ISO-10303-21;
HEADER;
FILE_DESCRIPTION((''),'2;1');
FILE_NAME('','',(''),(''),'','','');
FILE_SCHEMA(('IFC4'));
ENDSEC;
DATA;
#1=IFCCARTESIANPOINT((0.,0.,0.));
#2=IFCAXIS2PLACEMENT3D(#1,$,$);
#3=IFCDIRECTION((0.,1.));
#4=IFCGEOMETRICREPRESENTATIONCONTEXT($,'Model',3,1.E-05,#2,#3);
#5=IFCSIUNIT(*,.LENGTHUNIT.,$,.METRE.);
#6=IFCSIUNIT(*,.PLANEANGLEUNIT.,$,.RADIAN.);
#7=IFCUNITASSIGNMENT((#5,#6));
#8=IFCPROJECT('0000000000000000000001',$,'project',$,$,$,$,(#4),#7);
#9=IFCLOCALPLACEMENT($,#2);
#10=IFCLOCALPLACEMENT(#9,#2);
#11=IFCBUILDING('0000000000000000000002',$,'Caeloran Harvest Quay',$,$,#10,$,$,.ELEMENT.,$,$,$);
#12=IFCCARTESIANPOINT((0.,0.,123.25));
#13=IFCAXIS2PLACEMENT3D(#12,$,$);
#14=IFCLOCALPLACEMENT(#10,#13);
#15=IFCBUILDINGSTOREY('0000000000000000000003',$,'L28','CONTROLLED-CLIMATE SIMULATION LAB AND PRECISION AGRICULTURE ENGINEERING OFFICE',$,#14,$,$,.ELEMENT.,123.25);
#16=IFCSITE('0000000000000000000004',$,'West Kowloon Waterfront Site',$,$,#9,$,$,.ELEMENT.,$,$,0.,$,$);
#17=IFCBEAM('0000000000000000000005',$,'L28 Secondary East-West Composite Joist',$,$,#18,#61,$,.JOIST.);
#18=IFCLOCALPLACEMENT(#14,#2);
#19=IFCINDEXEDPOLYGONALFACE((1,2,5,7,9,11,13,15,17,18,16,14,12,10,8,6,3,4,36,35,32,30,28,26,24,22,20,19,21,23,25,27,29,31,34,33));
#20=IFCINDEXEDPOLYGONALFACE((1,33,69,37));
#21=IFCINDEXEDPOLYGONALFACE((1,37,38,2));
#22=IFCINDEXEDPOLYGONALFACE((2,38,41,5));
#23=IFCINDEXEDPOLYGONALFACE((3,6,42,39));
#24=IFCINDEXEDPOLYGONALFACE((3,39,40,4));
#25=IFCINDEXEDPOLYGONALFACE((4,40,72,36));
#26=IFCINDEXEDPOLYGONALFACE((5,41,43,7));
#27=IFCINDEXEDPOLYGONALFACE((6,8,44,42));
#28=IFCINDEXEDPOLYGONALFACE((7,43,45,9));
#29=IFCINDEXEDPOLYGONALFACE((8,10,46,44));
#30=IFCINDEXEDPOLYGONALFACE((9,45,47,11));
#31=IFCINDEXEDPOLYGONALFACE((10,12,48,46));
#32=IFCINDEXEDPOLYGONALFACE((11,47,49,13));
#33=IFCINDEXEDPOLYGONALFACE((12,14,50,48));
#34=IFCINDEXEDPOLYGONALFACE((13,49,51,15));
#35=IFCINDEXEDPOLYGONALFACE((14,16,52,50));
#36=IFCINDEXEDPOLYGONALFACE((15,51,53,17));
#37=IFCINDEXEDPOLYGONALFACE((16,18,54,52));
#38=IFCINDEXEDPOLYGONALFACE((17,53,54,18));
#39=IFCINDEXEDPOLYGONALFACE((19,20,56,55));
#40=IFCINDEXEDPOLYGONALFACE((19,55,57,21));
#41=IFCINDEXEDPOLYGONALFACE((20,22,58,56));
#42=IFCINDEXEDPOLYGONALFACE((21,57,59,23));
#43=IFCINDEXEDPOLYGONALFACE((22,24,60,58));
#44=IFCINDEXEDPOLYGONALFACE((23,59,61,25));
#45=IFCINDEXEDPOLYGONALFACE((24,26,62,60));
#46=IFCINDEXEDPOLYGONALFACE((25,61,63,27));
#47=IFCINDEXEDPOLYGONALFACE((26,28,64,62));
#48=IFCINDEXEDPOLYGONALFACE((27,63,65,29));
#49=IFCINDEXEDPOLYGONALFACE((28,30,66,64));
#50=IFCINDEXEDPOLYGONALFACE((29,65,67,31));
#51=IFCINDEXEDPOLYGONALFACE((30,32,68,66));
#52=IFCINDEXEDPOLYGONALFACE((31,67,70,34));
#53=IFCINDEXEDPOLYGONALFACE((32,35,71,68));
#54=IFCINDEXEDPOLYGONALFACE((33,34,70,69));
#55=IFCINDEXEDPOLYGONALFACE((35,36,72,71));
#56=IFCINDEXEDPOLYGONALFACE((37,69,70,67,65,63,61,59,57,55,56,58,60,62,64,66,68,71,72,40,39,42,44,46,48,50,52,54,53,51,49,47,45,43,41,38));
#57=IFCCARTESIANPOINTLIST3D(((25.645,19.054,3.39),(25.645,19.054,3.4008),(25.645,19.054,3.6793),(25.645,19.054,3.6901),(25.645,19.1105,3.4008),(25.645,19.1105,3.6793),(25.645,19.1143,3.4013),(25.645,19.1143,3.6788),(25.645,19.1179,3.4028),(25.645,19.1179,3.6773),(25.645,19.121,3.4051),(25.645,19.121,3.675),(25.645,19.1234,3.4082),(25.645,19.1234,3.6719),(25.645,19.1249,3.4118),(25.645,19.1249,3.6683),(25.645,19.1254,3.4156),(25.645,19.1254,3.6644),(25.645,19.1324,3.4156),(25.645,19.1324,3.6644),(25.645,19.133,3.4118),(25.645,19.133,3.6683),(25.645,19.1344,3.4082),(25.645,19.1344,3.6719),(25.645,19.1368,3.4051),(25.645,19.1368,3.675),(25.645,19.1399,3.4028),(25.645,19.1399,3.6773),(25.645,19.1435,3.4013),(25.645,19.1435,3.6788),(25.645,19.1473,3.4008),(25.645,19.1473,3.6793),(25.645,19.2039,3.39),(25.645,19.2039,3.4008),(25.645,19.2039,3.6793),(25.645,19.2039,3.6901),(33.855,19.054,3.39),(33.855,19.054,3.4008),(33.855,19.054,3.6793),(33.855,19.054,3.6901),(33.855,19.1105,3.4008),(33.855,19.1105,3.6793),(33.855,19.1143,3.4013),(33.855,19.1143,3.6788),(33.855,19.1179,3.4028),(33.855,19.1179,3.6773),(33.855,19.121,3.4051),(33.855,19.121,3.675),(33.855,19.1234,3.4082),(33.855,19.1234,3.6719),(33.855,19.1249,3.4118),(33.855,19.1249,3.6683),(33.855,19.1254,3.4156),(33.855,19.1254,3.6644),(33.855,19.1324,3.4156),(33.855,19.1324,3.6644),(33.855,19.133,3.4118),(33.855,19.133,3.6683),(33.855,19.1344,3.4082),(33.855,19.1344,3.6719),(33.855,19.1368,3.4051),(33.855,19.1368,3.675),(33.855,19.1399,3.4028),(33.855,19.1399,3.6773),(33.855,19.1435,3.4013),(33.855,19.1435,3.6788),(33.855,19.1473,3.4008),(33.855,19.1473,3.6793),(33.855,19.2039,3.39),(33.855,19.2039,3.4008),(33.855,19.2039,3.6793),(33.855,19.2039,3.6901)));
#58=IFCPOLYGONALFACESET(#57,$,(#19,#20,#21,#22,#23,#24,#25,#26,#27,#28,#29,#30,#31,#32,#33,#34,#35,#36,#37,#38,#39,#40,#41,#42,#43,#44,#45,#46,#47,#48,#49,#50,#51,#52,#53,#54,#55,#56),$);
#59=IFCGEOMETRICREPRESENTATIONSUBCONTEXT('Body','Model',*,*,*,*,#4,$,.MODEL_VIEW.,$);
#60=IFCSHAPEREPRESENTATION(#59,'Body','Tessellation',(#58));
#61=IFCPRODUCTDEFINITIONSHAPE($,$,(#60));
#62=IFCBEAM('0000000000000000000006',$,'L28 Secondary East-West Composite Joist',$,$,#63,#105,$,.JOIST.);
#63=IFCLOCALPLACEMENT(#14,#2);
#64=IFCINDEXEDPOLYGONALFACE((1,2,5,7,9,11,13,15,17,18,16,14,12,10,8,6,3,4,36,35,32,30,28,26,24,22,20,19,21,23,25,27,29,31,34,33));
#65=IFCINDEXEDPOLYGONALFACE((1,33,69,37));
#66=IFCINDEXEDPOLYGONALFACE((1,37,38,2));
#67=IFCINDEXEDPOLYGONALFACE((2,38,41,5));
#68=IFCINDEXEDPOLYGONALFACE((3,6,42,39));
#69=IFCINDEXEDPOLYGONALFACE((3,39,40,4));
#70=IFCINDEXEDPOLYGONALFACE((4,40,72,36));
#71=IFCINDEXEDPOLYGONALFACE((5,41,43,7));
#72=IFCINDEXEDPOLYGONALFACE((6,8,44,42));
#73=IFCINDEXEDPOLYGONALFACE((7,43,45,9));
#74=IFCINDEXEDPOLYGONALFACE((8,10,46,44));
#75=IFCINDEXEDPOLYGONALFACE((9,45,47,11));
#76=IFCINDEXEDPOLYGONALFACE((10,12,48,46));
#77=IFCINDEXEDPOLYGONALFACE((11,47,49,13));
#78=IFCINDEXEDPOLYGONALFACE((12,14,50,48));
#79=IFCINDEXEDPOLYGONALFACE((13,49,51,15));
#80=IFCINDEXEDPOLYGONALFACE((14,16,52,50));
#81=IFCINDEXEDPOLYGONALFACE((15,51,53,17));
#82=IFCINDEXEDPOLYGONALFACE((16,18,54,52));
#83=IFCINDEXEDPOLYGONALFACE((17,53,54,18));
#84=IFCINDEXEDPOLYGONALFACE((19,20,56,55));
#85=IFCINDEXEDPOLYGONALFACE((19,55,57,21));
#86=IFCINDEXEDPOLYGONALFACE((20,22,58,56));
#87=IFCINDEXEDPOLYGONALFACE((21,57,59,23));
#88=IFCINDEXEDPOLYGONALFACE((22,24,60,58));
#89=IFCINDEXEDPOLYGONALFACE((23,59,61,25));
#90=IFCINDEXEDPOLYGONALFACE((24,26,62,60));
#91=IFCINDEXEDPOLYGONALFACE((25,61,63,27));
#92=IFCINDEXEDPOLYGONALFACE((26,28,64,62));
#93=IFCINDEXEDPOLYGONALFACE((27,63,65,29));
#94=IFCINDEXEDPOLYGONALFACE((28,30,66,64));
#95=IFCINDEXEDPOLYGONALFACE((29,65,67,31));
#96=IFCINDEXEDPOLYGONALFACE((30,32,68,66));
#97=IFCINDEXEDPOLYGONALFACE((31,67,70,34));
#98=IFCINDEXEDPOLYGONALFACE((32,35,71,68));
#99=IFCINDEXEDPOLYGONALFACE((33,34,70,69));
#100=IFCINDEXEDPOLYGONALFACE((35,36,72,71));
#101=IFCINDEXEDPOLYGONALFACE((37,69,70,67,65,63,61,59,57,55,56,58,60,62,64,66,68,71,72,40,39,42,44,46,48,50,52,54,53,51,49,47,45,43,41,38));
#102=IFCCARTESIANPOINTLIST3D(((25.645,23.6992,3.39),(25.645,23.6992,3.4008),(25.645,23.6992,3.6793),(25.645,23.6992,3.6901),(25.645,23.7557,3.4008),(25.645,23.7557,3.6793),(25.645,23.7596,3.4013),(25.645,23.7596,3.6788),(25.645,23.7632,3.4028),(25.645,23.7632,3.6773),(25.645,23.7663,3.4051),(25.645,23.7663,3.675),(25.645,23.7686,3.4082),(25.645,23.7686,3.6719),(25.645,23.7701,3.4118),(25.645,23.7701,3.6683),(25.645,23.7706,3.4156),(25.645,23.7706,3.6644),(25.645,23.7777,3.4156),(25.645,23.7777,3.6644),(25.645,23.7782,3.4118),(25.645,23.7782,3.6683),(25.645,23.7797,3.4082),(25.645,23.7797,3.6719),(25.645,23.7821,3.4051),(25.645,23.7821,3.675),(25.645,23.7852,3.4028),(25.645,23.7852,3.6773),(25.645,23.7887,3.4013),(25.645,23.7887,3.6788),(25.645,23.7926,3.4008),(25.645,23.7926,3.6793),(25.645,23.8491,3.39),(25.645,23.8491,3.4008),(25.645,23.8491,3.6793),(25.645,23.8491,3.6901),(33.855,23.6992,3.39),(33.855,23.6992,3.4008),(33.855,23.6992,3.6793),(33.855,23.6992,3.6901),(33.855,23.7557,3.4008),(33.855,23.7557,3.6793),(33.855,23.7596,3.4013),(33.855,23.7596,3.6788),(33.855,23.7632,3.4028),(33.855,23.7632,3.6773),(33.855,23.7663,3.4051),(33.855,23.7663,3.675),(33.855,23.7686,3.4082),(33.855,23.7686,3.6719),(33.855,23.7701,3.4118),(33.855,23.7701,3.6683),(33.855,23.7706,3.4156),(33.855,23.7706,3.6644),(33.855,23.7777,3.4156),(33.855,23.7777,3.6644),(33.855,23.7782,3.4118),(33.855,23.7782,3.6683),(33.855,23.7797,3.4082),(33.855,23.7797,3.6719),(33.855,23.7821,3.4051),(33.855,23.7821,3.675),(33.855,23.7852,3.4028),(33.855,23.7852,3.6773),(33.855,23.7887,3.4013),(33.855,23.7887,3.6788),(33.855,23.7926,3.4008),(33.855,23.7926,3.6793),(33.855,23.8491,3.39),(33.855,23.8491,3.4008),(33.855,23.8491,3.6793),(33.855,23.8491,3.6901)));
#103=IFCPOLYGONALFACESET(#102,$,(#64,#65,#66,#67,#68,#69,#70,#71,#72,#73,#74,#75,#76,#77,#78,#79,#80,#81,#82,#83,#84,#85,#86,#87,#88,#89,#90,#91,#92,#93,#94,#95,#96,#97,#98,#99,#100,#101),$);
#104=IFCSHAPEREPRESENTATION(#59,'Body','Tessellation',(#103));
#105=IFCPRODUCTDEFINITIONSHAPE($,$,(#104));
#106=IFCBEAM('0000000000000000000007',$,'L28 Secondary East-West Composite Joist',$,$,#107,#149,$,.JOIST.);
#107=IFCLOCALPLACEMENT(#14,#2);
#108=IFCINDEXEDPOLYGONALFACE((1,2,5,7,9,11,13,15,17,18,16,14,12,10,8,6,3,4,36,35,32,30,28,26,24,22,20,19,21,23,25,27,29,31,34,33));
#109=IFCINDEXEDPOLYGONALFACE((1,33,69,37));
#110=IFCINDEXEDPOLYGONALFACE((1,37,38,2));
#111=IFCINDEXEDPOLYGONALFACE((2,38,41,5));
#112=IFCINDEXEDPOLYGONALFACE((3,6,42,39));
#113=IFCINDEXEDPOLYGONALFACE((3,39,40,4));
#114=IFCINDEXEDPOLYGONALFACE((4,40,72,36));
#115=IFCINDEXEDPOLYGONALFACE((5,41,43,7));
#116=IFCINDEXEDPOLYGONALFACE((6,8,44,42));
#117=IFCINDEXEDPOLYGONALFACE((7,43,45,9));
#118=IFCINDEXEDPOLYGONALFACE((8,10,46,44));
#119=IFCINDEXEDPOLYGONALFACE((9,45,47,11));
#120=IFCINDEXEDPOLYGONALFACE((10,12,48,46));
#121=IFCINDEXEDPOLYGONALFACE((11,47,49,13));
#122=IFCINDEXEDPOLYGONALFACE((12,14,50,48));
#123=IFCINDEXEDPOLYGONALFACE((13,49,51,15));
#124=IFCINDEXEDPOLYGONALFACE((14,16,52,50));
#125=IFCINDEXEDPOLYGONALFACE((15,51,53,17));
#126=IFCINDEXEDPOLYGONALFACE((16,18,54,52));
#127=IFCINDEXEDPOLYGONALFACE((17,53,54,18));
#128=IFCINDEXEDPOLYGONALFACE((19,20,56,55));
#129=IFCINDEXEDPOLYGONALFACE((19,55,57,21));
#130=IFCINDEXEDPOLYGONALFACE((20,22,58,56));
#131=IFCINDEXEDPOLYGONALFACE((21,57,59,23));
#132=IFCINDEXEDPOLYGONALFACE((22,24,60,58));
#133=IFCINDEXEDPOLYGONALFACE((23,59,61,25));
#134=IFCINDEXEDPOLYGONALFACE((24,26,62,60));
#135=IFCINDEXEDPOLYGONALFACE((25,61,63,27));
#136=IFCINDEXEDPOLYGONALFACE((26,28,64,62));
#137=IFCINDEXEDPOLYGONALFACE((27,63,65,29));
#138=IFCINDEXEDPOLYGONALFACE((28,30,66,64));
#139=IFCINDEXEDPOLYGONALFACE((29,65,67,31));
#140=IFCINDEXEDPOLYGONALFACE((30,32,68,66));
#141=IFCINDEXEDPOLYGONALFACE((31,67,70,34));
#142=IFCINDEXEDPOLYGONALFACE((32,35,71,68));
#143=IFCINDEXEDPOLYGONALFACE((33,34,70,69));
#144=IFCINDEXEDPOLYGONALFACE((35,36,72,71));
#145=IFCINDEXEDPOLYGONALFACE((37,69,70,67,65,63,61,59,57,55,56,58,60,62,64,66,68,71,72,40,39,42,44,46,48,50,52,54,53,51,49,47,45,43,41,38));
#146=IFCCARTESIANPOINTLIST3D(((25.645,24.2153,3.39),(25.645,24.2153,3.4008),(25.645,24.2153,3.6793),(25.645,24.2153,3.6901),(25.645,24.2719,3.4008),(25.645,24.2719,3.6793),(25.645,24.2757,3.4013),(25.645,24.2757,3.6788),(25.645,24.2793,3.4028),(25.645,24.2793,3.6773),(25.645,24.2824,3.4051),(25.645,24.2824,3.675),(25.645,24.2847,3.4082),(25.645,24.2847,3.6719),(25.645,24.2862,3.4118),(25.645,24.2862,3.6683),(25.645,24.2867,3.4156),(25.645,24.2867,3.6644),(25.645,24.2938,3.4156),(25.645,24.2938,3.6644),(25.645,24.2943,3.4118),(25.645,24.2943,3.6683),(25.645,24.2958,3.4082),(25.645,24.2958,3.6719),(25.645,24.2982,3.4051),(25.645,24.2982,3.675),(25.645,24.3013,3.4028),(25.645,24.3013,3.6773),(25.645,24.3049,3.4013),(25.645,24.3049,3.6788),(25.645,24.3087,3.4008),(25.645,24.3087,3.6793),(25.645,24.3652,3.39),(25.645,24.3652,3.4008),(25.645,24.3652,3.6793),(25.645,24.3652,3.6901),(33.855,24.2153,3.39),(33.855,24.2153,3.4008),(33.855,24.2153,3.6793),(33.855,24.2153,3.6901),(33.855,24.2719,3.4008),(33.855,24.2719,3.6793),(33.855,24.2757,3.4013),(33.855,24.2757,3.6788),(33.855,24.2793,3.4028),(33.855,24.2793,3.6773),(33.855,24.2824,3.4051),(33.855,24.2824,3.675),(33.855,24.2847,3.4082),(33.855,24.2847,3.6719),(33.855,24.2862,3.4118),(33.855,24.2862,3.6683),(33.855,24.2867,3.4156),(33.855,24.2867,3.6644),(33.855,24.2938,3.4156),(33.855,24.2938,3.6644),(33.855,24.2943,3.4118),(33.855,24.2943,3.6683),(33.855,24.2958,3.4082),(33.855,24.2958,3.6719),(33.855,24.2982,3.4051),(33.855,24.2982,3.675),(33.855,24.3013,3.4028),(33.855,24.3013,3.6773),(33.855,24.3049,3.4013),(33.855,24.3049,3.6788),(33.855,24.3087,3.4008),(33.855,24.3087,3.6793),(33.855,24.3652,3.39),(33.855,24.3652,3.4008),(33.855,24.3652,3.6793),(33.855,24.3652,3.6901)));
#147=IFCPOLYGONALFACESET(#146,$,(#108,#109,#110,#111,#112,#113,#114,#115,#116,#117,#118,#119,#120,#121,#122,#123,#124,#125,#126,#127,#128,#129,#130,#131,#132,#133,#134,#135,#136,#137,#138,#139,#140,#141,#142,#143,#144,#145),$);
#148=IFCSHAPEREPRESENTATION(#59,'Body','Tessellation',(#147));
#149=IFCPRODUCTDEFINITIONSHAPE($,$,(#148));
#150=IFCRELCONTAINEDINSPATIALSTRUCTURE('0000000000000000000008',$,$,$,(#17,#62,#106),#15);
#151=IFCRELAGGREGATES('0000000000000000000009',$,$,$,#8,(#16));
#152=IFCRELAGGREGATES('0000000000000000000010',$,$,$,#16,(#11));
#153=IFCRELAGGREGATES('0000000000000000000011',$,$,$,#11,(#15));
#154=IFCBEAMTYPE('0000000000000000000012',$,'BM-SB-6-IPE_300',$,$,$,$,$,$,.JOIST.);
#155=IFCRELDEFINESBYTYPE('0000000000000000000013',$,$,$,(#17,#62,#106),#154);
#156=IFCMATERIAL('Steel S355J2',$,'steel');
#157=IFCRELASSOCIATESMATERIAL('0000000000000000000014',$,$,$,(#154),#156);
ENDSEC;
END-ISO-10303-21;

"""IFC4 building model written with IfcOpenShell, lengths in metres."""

from ifc_helpers import new_model, si_unit, direction, frame, origin, origin_2d, place, context, subcontext, project, spatial, i_section, extrude, material, material_profile, profile_set, type_object, element, save


model = new_model("IFC4")

# Units and contexts
model_context = context("Model", 3, precision=1e-05, world=origin(), true_north=direction((0.0, 1.0)))
body_context = subcontext(model_context, "Body", "Model", "MODEL_VIEW")
ifc_project = project(units=[si_unit("LENGTHUNIT", "METRE"), si_unit("PLANEANGLEUNIT", "RADIAN")], contexts=[model_context])

# Site, building, storey
site_placement = place(None, origin())
site = spatial("IfcSite", under=ifc_project, at=site_placement, Name="West Kowloon Waterfront Site", CompositionType="ELEMENT", RefElevation=0.0)
building_placement = place(site_placement, origin())
building = spatial("IfcBuilding", under=site, at=building_placement, Name="Caeloran Harvest Quay", CompositionType="ELEMENT")
storey_placement = place(building_placement, frame((0.0, 0.0, 123.25)))
storey = spatial("IfcBuildingStorey", under=building, at=storey_placement, Name="L28", Description="CONTROLLED-CLIMATE SIMULATION LAB AND PRECISION AGRICULTURE ENGINEERING OFFICE", CompositionType="ELEMENT", Elevation=123.25)

# Beams
ifc_material_1 = material(Name="Steel S355J2", Category="steel")
ifc_material_profile_1 = material_profile(ifc_material_1, i_section(OverallWidth=0.1499, OverallDepth=0.3, WebThickness=0.0071, FlangeThickness=0.0107, FilletRadius=0.0149, at=origin_2d()), Name="IPE 300")
ifc_profile_set_1 = profile_set([ifc_material_profile_1], Name="Steel S355J2")
beam_type_1 = type_object("IfcBeamType", Name="BM-SB-6-IPE_300", PredefinedType="JOIST", material=ifc_profile_set_1)
for number, where, z_axis, x_axis, name in (
    (1, (25.645, 19.1289, 3.54), (1.0, 0.0, 0.0), (0.0, 1.0, 0.0), "L28 Secondary East-West Composite Joist"),
    (2, (25.645, 23.7742, 3.54), (1.0, 0.0, 0.0), (0.0, 1.0, 0.0), "L28 Secondary East-West Composite Joist"),
    (3, (25.645, 24.2903, 3.54), (1.0, 0.0, 0.0), (0.0, 1.0, 0.0), "L28 Secondary East-West Composite Joist"),
):
    element("IfcBeam", number, at=place(storey_placement, frame(where, z_axis=z_axis, x_axis=x_axis)), inside=storey, type_object=beam_type_1, Name=name, PredefinedType="JOIST", context=body_context, shape_type="SweptSolid", body=[
        extrude(i_section(OverallWidth=0.1499, OverallDepth=0.3, WebThickness=0.0071, FlangeThickness=0.0107, FilletRadius=0.0149, at=origin_2d()), origin(), (0.0, 0.0, 1.0), 8.21),
    ])

save(model, "model.ifc")
